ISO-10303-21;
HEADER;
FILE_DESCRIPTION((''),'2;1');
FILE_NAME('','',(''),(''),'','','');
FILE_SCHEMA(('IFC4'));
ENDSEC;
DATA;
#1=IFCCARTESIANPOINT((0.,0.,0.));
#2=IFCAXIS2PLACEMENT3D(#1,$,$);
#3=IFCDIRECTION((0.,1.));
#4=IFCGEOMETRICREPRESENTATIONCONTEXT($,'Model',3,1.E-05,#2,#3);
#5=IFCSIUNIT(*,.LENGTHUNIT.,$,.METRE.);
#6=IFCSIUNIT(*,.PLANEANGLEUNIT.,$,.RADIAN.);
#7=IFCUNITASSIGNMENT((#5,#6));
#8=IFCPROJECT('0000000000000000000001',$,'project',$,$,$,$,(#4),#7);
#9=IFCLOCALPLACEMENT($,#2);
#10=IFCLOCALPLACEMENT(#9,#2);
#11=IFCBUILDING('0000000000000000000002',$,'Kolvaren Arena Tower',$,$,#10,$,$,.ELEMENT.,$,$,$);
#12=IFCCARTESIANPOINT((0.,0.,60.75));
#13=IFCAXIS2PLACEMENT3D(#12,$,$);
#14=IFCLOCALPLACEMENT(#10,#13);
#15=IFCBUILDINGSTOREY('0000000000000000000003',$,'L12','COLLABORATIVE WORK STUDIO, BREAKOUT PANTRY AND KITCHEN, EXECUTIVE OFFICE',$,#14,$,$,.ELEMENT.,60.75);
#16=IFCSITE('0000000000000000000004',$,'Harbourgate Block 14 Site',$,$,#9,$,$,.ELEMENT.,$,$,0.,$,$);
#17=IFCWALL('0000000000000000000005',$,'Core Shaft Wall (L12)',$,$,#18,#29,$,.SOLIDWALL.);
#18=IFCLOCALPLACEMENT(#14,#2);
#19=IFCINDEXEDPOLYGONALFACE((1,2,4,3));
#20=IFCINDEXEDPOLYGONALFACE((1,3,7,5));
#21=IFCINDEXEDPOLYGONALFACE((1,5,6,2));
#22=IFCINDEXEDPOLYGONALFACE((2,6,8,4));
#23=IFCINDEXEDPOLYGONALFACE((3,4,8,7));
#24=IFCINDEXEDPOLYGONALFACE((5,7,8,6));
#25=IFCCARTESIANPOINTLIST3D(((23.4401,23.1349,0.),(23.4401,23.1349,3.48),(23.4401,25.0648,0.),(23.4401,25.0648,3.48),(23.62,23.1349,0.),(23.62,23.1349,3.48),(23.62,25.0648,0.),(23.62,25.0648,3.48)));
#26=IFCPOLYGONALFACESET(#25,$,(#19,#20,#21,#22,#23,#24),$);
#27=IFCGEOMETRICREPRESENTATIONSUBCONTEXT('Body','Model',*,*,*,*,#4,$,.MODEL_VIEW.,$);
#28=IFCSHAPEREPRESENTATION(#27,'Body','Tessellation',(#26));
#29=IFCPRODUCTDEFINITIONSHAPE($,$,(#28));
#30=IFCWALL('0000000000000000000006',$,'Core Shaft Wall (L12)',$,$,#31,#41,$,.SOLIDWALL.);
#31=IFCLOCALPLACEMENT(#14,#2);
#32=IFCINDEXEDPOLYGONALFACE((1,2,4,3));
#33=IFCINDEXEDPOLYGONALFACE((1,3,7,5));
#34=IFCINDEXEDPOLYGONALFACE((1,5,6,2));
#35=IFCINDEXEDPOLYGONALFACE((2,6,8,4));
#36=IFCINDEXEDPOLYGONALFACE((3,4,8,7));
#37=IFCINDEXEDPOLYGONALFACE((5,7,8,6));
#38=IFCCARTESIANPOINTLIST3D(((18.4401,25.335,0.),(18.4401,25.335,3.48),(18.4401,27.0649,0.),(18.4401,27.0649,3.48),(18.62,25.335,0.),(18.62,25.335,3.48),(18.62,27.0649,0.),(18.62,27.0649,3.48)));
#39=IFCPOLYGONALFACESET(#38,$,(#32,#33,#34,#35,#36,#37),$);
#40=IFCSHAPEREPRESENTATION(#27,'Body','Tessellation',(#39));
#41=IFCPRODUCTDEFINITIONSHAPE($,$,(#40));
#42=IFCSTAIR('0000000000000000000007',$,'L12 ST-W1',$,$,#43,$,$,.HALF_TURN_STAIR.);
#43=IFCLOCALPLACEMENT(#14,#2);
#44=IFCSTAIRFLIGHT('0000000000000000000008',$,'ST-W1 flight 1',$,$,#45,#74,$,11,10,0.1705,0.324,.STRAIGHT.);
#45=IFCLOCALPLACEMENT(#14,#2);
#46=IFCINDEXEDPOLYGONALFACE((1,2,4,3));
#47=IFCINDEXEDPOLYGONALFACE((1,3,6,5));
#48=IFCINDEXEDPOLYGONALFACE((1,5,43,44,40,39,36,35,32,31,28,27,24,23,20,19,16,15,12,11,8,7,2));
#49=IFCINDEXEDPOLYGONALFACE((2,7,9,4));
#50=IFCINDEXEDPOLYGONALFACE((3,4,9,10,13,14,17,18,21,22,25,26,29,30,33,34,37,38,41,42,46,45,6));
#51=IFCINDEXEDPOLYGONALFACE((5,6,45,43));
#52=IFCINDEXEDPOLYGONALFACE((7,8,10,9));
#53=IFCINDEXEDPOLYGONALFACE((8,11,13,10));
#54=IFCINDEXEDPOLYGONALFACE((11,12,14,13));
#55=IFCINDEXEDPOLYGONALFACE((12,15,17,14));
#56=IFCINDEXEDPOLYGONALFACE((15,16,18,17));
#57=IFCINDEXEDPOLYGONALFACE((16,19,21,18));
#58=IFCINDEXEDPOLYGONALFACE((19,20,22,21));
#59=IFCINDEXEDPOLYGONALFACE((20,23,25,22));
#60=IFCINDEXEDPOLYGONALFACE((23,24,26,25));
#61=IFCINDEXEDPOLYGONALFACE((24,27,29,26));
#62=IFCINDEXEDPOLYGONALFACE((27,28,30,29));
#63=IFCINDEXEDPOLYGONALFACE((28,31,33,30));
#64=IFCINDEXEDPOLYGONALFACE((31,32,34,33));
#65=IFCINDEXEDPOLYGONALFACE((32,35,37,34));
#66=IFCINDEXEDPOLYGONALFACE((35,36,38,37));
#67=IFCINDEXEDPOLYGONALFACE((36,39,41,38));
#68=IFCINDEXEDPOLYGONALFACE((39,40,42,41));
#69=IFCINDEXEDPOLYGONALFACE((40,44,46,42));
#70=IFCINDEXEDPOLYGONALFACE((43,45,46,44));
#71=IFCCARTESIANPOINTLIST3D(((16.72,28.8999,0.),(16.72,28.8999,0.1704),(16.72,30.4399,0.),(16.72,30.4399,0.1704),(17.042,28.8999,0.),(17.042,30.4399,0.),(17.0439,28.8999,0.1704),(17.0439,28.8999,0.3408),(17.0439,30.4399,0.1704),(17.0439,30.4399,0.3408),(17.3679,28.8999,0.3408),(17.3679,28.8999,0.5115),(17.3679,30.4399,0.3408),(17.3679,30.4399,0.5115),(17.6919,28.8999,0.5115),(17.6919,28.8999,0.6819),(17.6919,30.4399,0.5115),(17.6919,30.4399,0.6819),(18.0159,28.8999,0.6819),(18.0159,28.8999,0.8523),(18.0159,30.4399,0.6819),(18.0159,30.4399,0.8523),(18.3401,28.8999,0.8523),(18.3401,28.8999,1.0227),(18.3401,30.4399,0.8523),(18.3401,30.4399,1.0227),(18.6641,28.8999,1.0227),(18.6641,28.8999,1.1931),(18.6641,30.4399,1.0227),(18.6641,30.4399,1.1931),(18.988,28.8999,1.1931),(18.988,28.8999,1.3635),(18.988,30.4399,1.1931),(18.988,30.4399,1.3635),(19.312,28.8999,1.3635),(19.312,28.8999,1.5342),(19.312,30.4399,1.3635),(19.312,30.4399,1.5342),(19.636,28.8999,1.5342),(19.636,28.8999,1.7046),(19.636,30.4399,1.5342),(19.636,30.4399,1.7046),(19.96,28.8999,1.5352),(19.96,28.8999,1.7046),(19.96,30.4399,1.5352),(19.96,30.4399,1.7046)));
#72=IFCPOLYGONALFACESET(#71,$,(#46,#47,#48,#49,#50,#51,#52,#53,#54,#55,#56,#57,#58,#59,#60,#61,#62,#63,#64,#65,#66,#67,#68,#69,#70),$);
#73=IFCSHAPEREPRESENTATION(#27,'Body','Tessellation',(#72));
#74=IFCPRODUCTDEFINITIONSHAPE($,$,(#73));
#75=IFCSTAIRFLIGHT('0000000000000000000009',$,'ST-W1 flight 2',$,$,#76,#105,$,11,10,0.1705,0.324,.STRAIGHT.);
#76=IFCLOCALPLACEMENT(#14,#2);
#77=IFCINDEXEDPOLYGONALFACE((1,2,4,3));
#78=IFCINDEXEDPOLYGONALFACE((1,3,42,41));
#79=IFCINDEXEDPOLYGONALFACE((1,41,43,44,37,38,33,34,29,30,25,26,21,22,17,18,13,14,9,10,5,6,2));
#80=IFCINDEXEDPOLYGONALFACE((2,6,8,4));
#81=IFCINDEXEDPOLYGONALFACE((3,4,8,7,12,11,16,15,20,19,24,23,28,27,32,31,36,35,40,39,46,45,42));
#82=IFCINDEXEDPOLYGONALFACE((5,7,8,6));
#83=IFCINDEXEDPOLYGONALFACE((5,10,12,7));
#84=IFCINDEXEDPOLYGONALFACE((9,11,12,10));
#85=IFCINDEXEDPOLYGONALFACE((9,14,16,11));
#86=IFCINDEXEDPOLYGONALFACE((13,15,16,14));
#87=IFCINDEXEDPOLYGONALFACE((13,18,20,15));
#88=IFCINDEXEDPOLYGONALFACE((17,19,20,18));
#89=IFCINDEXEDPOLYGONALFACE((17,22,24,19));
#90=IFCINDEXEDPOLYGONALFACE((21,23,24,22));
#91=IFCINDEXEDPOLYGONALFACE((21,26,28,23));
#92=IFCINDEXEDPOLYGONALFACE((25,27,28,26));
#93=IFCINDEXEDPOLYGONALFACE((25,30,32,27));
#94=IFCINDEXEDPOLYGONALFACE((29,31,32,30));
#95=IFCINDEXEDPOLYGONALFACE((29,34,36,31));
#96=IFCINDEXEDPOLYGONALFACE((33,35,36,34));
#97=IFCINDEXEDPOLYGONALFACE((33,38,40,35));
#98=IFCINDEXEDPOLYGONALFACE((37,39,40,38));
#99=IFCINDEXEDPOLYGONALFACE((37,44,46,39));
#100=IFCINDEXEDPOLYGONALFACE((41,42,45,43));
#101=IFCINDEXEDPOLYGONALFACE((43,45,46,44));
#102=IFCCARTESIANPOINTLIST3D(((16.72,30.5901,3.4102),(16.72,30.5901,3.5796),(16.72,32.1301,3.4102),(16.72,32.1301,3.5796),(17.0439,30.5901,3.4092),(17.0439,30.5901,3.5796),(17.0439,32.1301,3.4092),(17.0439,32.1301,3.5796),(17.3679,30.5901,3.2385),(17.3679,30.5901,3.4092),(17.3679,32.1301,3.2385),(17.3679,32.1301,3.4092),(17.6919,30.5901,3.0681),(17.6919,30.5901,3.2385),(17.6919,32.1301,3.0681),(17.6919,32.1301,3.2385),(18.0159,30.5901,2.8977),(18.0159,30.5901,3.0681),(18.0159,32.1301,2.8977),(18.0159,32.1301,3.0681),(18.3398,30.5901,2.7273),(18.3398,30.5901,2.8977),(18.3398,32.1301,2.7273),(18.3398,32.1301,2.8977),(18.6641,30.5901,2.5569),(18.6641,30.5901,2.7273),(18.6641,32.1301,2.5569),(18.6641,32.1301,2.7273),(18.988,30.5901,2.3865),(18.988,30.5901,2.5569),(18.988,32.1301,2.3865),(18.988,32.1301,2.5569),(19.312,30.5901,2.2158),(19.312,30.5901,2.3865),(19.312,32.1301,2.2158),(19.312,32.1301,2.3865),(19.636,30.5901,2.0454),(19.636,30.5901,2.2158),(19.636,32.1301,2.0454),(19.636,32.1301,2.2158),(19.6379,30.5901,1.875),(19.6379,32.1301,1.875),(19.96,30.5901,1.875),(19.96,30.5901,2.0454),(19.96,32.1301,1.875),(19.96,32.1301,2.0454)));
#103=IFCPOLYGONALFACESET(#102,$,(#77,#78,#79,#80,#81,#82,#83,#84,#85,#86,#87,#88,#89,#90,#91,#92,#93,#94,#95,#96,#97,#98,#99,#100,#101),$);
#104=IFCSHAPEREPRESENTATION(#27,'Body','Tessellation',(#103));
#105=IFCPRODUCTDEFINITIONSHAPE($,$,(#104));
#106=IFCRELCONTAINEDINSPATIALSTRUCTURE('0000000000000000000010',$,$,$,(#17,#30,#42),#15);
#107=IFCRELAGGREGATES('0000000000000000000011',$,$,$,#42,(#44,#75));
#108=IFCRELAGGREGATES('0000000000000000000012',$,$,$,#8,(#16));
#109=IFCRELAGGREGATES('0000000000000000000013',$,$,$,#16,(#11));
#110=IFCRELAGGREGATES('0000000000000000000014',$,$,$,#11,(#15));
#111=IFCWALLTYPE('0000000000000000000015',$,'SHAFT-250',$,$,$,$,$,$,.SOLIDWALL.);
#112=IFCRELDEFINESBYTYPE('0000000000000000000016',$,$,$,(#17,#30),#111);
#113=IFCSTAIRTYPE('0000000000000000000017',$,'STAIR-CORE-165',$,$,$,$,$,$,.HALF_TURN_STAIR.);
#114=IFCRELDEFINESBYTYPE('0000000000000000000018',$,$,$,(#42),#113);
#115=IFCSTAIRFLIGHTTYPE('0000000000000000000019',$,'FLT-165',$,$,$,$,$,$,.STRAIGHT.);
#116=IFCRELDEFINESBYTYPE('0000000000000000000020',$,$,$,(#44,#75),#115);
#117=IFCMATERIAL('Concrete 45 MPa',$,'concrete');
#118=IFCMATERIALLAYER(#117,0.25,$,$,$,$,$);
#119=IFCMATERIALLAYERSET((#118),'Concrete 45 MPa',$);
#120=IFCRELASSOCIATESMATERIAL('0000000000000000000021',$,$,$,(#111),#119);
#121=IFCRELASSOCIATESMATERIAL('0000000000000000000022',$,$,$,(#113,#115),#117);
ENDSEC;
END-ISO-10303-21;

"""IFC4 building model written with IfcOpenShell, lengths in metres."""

from ifc_helpers import new_model, si_unit, direction, frame, frame_2d, origin, place, context, subcontext, project, spatial, polyline, rectangle, outline, extrude, material, layer, layer_set, type_object, element, aggregate, save


model = new_model("IFC4")

# Units and contexts
model_context = context("Model", 3, precision=1e-05, world=origin(), true_north=direction((0.0, 1.0)))
body_context = subcontext(model_context, "Body", "Model", "MODEL_VIEW")
ifc_project = project(units=[si_unit("LENGTHUNIT", "METRE"), si_unit("PLANEANGLEUNIT", "RADIAN")], contexts=[model_context])

# Site, building, storey
site_placement = place(None, origin())
site = spatial("IfcSite", under=ifc_project, at=site_placement, Name="Harbourgate Block 14 Site", CompositionType="ELEMENT", RefElevation=0.0)
building_placement = place(site_placement, origin())
building = spatial("IfcBuilding", under=site, at=building_placement, Name="Kolvaren Arena Tower", CompositionType="ELEMENT")
storey_placement = place(building_placement, frame((0.0, 0.0, 60.75)))
storey = spatial("IfcBuildingStorey", under=building, at=storey_placement, Name="L12", Description="COLLABORATIVE WORK STUDIO, BREAKOUT PANTRY AND KITCHEN, EXECUTIVE OFFICE", CompositionType="ELEMENT", Elevation=60.75)

# Shared definitions
ifc_material_1 = material(Name="Concrete 45 MPa", Category="concrete")
ifc_layer = layer(ifc_material_1, 0.25)
ifc_layer_set = layer_set([ifc_layer], Name="Concrete 45 MPa")
wall_type = type_object("IfcWallType", Name="SHAFT-250", PredefinedType="SOLIDWALL", material=ifc_layer_set)

# Walls
for number, where, z_axis, x_axis, name in (
    (1, (23.53, 23.135, 0.0), (0.0, 0.0, 1.0), (0.0, 1.0, 0.0), "Core Shaft Wall (L12)"),
):
    element("IfcWall", number, at=place(storey_placement, frame(where, z_axis=z_axis, x_axis=x_axis)), inside=storey, type_object=wall_type, Name=name, PredefinedType="SOLIDWALL", context=body_context, shape_type="SweptSolid", body=[
        extrude(rectangle(XDim=1.9299, YDim=0.1799, at=frame_2d((0.9648, 0.0))), origin(), (0.0, 0.0, 1.0), 3.48),
    ])
wall_1_placement = place(storey_placement, frame((18.53, 25.335, 0.0), z_axis=(0.0, 0.0, 1.0), x_axis=(0.0, 1.0, 0.0)))
element("IfcWall", 2, at=wall_1_placement, inside=storey, type_object=wall_type, Name="Core Shaft Wall (L12)", PredefinedType="SOLIDWALL", context=body_context, shape_type="SweptSolid", body=[
    extrude(rectangle(XDim=1.73, YDim=0.1799, at=frame_2d((0.865, 0.0))), origin(), (0.0, 0.0, 1.0), 3.48),
])

# Stair, stair flights
stair_type = type_object("IfcStairType", Name="STAIR-CORE-165", PredefinedType="HALF_TURN_STAIR", material=ifc_material_1)
stair_placement = place(storey_placement, origin())
stair = element("IfcStair", 3, at=stair_placement, inside=storey, type_object=stair_type, Name="L12 ST-W1", PredefinedType="HALF_TURN_STAIR")
stair_flight_type = type_object("IfcStairFlightType", Name="FLT-165", PredefinedType="STRAIGHT", material=ifc_material_1)
stair_flight_1_placement = place(storey_placement, frame((16.72, 29.6699, 0.0), z_axis=(0.0, 0.0, 1.0), x_axis=(1.0, 0.0, 0.0)))
stair_flight_1 = element("IfcStairFlight", 4, at=stair_flight_1_placement, type_object=stair_flight_type, Name="ST-W1 flight 1", NumberOfRisers=11, NumberOfTreads=10, PredefinedType="STRAIGHT", RiserHeight=0.1705, TreadLength=0.324, context=body_context, shape_type="SweptSolid", body=[
    extrude(outline(polyline([(0.0, 0.0), (0.0, 0.1704), (0.324, 0.1704), (0.324, 0.3408), (0.6479, 0.3408), (0.6479, 0.5115), (0.9719, 0.5115), (0.9719, 0.6819), (1.2959, 0.6819), (1.2959, 0.8523), (1.6201, 0.8523), (1.6201, 1.0227), (1.9441, 1.0227), (1.9441, 1.1931), (2.2681, 1.1931), (2.2681, 1.3635), (2.592, 1.3635), (2.592, 1.5342), (2.916, 1.5342), (2.916, 1.7046), (3.24, 1.7046), (3.24, 1.875), (3.24, 1.5352), (0.322, 0.0), (0.0, 0.0)])), frame((0.0, 0.77, 0.0), z_axis=(0.0, -1.0, 0.0), x_axis=(1.0, 0.0, 0.0)), (0.0, 0.0, 1.0), 1.54),
])
stair_flight_2_placement = place(storey_placement, frame((19.96, 31.3601, 1.875), z_axis=(0.0, 0.0, 1.0), x_axis=(-1.0, 0.0, 0.0)))
stair_flight_2 = element("IfcStairFlight", 5, at=stair_flight_2_placement, type_object=stair_flight_type, Name="ST-W1 flight 2", NumberOfRisers=11, NumberOfTreads=10, PredefinedType="STRAIGHT", RiserHeight=0.1705, TreadLength=0.324, context=body_context, shape_type="SweptSolid", body=[
    extrude(outline(polyline([(0.0, 0.0), (0.0, 0.1704), (0.324, 0.1704), (0.324, 0.3408), (0.6479, 0.3408), (0.6479, 0.5115), (0.9719, 0.5115), (0.9719, 0.6819), (1.2959, 0.6819), (1.2959, 0.8523), (1.6201, 0.8523), (1.6201, 1.0227), (1.9441, 1.0227), (1.9441, 1.1931), (2.2681, 1.1931), (2.2681, 1.3635), (2.592, 1.3635), (2.592, 1.5342), (2.916, 1.5342), (2.916, 1.7046), (3.24, 1.7046), (3.24, 1.875), (3.24, 1.5352), (0.322, 0.0), (0.0, 0.0)])), frame((0.0, 0.77, 0.0), z_axis=(0.0, -1.0, 0.0), x_axis=(1.0, 0.0, 0.0)), (0.0, 0.0, 1.0), 1.54),
])
aggregate(stair, [stair_flight_1, stair_flight_2])

save(model, "model.ifc")
